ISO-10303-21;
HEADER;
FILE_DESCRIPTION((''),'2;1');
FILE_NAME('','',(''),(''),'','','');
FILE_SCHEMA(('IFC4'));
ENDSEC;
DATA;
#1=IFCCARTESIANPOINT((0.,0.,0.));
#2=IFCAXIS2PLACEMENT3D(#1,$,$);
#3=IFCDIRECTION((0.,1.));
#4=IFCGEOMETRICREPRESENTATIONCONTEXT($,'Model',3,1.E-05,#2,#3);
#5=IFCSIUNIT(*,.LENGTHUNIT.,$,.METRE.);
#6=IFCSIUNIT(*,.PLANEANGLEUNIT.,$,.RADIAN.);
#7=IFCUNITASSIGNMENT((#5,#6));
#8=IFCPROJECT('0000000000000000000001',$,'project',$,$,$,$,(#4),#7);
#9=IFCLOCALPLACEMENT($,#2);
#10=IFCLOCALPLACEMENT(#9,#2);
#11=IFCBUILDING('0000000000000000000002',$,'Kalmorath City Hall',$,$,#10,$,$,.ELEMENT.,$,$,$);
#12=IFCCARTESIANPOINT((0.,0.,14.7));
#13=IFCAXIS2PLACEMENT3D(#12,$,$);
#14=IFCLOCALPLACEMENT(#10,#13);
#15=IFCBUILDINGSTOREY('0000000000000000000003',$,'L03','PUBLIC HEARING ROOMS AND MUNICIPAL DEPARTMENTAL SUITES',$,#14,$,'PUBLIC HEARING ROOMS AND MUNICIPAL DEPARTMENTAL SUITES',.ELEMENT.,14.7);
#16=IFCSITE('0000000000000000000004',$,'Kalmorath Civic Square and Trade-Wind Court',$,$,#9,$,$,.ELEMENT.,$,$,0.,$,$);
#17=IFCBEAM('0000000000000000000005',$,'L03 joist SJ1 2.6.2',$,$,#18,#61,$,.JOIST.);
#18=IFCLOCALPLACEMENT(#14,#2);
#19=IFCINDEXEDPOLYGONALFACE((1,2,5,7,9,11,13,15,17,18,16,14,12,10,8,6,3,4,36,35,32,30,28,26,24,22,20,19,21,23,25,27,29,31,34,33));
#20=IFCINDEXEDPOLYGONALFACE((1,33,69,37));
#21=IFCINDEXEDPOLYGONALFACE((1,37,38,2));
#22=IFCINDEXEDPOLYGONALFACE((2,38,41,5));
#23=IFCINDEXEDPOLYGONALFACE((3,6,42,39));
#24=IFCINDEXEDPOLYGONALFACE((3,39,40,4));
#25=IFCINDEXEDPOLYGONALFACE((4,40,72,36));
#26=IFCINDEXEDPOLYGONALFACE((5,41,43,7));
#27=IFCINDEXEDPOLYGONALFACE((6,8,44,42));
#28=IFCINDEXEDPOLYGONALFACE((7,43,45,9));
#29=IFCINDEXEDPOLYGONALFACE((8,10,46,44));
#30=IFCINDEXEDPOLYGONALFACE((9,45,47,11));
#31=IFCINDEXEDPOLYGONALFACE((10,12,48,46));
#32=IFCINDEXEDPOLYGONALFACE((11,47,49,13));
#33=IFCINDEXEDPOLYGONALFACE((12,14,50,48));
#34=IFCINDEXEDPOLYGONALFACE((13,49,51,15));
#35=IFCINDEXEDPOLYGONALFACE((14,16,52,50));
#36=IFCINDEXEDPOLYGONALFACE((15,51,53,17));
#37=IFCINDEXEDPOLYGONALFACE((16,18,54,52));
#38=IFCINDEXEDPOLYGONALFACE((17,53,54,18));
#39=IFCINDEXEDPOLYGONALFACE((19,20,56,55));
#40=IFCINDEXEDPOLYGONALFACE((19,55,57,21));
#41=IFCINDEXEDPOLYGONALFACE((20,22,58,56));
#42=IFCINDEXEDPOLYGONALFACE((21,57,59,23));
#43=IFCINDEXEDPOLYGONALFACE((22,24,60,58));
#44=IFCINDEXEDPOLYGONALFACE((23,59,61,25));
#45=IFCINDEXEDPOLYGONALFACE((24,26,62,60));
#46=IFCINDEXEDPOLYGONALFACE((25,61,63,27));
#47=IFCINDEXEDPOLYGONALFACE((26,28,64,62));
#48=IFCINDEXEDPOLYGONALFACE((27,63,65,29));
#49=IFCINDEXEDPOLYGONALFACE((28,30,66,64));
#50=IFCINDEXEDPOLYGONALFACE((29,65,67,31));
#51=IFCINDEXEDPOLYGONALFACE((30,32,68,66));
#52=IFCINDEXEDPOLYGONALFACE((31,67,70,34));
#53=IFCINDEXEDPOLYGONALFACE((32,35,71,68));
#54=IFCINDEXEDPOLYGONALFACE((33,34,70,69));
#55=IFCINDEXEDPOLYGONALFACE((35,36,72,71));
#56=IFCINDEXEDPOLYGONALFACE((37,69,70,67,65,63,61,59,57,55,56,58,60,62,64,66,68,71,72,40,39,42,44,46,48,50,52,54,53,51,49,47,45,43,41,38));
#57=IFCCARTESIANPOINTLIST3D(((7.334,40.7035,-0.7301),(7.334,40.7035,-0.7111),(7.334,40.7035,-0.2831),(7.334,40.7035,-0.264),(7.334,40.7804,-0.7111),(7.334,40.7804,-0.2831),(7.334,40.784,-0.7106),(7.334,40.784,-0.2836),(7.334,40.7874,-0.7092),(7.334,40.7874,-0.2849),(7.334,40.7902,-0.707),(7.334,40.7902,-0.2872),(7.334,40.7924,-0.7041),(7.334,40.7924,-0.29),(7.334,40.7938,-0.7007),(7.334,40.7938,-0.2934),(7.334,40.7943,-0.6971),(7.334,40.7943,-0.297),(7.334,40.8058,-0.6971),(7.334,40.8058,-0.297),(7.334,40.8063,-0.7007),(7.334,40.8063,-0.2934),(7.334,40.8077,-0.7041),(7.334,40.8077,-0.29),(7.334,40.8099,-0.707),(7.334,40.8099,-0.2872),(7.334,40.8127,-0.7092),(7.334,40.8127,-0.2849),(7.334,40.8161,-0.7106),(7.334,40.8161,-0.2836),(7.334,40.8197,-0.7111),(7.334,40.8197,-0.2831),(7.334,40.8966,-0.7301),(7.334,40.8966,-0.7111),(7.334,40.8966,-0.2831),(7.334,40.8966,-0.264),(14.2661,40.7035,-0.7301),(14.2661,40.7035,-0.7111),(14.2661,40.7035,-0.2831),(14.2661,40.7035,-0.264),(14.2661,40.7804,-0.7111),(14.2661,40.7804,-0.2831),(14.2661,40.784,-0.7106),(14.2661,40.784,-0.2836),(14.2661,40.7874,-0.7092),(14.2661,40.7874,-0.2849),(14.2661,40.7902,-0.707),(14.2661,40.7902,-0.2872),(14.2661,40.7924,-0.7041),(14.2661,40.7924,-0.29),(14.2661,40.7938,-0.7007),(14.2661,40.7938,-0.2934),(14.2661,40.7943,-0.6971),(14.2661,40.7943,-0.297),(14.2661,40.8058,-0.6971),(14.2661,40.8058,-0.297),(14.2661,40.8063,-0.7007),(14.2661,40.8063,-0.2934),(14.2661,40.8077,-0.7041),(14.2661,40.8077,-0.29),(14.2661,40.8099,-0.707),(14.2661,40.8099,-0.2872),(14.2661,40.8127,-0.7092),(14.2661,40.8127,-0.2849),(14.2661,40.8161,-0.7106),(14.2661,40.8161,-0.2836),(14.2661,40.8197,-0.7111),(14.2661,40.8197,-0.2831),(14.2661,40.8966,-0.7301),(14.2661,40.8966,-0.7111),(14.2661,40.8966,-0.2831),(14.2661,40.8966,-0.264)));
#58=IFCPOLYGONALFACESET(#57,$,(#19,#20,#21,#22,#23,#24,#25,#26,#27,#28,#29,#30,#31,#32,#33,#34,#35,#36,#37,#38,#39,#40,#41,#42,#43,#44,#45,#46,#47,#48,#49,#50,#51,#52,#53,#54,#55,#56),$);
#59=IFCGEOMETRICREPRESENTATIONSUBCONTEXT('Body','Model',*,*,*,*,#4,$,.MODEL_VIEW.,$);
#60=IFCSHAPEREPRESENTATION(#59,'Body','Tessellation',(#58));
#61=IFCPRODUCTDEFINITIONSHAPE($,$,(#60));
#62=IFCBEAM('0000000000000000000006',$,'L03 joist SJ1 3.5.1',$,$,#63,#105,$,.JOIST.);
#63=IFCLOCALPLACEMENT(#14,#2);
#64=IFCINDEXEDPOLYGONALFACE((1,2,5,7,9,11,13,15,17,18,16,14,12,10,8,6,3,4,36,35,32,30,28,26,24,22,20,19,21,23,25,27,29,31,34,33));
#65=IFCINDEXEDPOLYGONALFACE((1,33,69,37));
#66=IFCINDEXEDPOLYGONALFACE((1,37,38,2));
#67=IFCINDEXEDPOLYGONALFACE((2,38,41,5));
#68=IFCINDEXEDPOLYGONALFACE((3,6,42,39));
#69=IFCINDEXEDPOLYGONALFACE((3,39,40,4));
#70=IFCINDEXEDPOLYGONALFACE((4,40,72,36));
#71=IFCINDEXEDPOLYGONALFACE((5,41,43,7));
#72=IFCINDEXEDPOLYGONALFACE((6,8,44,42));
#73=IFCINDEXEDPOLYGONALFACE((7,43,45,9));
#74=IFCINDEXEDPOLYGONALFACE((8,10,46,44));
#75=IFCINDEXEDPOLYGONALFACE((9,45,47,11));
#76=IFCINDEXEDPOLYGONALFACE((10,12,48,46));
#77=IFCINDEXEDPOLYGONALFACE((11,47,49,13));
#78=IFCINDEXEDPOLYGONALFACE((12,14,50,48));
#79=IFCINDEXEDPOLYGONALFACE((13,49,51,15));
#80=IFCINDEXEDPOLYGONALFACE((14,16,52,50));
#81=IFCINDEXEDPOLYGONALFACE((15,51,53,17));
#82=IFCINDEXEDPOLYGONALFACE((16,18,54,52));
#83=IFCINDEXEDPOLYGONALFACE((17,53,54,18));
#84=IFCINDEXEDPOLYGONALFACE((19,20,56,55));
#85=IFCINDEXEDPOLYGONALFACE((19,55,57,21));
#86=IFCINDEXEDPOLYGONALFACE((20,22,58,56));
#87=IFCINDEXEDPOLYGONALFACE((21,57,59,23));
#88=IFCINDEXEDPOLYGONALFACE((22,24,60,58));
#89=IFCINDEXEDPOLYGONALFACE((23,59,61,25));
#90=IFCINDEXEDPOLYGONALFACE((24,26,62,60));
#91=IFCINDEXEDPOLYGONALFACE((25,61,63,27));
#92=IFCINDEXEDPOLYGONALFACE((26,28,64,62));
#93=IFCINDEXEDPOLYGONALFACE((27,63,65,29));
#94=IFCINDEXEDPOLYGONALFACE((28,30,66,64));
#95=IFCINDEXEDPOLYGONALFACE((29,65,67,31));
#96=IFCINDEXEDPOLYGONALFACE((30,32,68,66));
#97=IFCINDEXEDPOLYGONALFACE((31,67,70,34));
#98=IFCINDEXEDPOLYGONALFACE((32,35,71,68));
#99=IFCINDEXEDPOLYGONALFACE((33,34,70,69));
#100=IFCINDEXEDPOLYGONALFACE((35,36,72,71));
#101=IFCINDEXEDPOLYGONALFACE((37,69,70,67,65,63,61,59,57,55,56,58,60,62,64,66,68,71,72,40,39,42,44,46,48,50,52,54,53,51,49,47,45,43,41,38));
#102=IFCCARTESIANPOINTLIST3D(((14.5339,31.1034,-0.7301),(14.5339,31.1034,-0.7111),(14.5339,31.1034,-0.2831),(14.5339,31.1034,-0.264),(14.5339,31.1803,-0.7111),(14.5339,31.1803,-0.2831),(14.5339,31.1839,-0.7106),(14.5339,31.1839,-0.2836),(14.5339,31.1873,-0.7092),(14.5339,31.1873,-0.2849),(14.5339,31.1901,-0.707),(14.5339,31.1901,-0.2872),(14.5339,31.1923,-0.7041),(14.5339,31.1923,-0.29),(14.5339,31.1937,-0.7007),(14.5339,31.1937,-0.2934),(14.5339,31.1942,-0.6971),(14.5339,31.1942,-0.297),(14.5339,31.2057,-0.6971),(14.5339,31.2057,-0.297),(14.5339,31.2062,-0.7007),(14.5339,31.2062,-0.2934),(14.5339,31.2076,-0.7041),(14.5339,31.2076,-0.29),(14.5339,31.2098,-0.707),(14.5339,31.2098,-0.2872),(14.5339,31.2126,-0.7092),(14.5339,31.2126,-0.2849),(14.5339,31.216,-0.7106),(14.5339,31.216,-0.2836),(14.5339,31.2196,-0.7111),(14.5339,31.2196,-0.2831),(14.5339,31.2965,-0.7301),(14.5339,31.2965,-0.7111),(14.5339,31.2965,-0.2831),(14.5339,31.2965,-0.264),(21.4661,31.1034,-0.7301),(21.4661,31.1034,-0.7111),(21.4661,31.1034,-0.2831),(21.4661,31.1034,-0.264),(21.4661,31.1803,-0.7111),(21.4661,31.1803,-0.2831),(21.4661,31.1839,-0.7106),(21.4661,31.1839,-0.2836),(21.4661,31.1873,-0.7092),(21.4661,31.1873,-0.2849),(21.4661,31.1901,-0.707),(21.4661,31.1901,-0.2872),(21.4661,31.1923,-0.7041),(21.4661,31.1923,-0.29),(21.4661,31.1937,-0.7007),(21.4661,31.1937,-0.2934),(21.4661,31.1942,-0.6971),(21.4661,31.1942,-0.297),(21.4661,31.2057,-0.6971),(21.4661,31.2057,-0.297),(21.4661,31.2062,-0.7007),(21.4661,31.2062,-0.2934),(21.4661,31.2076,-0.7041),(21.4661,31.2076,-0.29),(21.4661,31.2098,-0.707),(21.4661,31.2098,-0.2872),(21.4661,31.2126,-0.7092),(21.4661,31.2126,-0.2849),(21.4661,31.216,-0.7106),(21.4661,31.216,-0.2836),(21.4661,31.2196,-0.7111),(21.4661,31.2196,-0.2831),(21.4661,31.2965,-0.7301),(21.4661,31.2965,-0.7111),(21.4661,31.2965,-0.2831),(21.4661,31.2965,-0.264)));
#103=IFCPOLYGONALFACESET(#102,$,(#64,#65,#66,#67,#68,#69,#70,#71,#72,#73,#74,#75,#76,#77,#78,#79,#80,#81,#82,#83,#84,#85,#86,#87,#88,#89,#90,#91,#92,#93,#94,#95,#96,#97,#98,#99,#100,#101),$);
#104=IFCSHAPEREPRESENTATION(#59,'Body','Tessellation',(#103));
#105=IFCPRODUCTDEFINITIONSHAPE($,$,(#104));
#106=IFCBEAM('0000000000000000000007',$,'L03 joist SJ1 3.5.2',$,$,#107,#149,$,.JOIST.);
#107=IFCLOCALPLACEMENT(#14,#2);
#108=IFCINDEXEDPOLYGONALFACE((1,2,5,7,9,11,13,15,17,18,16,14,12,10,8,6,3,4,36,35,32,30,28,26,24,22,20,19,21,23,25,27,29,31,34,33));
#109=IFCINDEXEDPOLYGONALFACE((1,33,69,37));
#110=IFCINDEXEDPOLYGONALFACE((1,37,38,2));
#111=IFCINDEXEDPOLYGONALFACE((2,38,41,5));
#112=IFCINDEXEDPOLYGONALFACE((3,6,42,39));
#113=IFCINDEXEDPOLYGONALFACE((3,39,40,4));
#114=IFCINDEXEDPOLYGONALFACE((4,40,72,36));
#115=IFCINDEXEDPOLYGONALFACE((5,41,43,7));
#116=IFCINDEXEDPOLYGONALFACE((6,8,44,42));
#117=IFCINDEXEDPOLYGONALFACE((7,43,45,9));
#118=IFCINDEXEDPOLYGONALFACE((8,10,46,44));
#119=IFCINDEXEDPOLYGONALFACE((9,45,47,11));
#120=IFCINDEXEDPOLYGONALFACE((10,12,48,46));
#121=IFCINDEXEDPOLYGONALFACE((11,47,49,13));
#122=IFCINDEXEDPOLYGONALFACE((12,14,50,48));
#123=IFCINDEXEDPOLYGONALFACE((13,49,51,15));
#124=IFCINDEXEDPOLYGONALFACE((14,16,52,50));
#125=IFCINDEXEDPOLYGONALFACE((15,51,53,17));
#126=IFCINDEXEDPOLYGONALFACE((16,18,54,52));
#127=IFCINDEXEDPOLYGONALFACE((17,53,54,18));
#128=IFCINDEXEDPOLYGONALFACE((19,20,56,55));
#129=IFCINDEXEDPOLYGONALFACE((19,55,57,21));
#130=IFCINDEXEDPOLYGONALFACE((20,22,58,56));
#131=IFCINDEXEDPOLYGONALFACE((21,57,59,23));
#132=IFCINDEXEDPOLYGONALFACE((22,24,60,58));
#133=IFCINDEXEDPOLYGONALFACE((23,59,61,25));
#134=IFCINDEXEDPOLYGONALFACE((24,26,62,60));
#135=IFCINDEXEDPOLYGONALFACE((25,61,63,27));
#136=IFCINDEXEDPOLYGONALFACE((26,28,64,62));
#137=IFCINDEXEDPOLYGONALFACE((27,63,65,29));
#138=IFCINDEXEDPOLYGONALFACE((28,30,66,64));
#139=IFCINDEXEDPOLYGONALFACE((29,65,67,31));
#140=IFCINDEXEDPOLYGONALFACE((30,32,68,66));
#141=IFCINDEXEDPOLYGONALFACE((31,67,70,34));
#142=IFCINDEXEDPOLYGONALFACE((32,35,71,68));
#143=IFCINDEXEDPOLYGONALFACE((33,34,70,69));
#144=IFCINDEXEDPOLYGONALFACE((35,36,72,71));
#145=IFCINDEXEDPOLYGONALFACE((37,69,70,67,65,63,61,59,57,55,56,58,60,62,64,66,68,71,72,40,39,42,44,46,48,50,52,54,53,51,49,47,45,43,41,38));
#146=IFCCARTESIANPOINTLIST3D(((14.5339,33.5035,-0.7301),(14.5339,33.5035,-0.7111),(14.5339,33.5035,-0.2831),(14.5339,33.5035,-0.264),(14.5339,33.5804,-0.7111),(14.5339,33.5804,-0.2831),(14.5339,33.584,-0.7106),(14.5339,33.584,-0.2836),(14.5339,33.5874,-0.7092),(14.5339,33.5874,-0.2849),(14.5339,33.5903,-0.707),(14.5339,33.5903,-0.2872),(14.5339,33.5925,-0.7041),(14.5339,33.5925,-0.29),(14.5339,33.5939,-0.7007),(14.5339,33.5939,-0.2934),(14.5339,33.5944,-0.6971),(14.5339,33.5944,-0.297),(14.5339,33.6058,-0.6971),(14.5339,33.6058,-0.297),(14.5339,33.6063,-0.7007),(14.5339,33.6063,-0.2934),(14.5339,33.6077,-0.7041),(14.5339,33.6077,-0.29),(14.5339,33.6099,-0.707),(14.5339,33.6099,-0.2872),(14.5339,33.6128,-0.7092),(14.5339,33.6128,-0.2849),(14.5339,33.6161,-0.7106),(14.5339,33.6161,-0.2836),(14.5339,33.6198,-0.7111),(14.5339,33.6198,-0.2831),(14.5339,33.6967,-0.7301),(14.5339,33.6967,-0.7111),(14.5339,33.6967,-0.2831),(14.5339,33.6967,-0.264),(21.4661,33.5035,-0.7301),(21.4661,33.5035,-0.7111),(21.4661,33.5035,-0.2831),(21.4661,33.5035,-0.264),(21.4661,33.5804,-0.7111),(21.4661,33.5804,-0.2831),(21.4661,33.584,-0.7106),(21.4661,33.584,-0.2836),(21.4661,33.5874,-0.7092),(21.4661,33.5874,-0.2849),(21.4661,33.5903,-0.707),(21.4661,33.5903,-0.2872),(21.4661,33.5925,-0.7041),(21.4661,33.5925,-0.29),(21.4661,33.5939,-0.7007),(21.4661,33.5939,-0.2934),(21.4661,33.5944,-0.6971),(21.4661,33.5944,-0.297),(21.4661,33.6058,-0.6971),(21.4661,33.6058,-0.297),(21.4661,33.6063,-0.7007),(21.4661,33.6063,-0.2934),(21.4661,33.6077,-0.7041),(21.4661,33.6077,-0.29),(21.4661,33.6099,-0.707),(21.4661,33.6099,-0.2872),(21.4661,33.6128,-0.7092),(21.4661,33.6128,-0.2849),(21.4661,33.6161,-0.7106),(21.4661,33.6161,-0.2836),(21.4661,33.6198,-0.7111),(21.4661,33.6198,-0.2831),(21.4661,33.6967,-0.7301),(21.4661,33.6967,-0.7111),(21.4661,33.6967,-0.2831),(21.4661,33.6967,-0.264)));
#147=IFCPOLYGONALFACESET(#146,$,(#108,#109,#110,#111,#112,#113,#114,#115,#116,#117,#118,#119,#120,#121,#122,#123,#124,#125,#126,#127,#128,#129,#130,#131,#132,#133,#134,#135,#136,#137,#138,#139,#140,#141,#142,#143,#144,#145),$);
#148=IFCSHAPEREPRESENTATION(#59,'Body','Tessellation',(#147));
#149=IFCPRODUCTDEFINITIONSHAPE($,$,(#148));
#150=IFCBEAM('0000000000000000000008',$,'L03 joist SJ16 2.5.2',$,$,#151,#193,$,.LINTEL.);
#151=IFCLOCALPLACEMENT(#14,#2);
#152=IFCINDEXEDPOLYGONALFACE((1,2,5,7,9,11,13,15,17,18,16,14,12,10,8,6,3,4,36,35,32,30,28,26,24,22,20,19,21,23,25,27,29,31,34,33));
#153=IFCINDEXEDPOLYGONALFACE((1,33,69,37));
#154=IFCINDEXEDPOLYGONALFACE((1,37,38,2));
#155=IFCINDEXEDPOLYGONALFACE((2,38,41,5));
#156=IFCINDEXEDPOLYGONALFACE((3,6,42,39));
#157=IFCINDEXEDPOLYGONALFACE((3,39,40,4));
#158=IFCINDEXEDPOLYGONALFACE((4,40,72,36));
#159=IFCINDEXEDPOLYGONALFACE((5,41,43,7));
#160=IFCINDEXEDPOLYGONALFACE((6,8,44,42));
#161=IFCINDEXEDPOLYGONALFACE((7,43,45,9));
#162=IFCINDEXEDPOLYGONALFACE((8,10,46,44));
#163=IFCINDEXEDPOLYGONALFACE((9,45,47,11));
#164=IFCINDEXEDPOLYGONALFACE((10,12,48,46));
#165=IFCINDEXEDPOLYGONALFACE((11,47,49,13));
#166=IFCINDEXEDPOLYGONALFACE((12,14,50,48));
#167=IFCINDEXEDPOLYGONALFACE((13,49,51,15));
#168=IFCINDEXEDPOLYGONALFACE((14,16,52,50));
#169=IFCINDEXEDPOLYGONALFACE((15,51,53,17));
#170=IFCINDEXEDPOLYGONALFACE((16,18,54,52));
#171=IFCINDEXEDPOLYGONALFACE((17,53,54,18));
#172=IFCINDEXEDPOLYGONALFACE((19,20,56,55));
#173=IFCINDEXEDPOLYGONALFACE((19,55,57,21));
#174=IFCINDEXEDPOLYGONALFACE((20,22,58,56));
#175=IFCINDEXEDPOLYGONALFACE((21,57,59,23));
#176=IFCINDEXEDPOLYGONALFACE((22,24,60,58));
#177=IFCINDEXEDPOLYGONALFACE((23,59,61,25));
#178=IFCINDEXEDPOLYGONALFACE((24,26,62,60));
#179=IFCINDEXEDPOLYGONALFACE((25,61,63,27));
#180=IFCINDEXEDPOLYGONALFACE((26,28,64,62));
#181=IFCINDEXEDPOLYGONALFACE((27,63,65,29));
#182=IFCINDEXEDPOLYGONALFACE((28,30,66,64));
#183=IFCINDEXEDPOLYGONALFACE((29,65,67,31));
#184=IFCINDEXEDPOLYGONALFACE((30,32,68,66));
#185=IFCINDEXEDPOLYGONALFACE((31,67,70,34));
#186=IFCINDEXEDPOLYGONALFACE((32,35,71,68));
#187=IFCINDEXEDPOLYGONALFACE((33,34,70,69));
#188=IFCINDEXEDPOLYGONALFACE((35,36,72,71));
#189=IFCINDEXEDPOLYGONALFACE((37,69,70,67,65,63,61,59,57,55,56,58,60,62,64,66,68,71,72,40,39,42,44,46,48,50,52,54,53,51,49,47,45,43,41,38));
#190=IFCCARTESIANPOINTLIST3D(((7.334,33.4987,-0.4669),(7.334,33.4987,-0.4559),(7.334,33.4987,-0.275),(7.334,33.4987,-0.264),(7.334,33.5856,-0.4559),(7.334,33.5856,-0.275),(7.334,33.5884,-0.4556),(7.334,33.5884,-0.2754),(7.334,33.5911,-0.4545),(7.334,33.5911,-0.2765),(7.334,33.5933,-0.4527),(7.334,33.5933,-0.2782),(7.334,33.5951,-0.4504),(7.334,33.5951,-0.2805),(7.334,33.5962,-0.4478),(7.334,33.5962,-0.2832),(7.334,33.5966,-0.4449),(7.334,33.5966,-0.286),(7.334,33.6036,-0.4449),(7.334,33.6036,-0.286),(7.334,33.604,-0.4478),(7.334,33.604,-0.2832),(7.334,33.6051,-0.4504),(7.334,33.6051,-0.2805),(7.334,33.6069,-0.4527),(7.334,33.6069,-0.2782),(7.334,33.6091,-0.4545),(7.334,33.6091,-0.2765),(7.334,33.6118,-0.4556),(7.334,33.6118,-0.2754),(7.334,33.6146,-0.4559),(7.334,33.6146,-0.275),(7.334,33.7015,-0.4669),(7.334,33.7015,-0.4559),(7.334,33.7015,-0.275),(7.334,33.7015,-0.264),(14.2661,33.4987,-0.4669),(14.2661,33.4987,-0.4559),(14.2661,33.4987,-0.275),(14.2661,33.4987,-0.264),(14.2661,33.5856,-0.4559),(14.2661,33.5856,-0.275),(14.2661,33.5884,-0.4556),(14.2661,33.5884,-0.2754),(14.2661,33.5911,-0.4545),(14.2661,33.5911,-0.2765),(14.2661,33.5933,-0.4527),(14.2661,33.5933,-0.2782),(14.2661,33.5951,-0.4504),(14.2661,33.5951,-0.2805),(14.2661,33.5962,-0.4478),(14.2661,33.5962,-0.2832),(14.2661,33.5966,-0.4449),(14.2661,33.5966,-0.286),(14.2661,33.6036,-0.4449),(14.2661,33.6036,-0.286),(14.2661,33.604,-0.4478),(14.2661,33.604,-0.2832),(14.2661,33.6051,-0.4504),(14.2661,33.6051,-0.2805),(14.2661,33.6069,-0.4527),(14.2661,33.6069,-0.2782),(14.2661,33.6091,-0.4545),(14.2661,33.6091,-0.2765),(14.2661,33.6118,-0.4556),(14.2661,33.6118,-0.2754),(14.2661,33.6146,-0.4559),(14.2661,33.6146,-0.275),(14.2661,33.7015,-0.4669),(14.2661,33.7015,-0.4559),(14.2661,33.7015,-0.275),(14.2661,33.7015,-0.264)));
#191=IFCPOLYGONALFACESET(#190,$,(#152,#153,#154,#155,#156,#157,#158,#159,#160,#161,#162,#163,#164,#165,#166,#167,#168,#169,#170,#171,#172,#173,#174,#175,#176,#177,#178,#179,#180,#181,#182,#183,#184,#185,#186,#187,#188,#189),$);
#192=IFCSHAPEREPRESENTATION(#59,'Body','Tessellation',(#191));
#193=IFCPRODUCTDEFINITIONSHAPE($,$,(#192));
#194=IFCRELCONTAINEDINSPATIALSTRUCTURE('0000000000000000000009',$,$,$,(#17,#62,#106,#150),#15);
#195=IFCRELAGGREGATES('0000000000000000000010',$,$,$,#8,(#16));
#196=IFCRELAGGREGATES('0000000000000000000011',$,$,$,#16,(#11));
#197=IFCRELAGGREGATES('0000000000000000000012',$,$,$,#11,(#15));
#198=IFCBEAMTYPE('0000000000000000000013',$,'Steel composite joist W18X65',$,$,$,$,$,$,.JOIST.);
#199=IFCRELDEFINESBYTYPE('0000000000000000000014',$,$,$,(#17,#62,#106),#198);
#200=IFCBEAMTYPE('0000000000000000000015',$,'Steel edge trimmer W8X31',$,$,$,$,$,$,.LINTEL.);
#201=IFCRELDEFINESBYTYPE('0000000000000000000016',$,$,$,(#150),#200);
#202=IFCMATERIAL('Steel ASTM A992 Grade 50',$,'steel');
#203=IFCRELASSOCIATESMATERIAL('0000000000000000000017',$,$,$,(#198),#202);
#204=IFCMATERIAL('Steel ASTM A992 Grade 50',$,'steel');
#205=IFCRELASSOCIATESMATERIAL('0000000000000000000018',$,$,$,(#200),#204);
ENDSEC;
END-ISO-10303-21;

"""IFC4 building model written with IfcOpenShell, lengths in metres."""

from ifc_helpers import new_model, si_unit, direction, frame, origin, origin_2d, place, context, subcontext, project, spatial, i_section, extrude, material, material_profile, profile_set, type_object, element, save


model = new_model("IFC4")

# Units and contexts
model_context = context("Model", 3, precision=1e-05, world=origin(), true_north=direction((0.0, 1.0)))
body_context = subcontext(model_context, "Body", "Model", "MODEL_VIEW")
ifc_project = project(units=[si_unit("LENGTHUNIT", "METRE"), si_unit("PLANEANGLEUNIT", "RADIAN")], contexts=[model_context])

# Site, building, storey
site_placement = place(None, origin())
site = spatial("IfcSite", under=ifc_project, at=site_placement, Name="Kalmorath Civic Square and Trade-Wind Court", CompositionType="ELEMENT", RefElevation=0.0)
building_placement = place(site_placement, origin())
building = spatial("IfcBuilding", under=site, at=building_placement, Name="Kalmorath City Hall", CompositionType="ELEMENT")
storey_placement = place(building_placement, frame((0.0, 0.0, 14.7)))
storey = spatial("IfcBuildingStorey", under=building, at=storey_placement, Name="L03", Description="PUBLIC HEARING ROOMS AND MUNICIPAL DEPARTMENTAL SUITES", LongName="PUBLIC HEARING ROOMS AND MUNICIPAL DEPARTMENTAL SUITES", CompositionType="ELEMENT", Elevation=14.7)

# Beams
ifc_material_1 = material(Name="Steel ASTM A992 Grade 50", Category="steel")
ifc_material_profile_1 = material_profile(ifc_material_1, i_section(OverallWidth=0.1931, OverallDepth=0.4661, WebThickness=0.0115, FlangeThickness=0.019, FilletRadius=0.0139, at=origin_2d()), Name="W18X65")
ifc_profile_set_1 = profile_set([ifc_material_profile_1], Name="Steel ASTM A992 Grade 50")
beam_type_1 = type_object("IfcBeamType", Name="Steel composite joist W18X65", PredefinedType="JOIST", material=ifc_profile_set_1)
for number, where, z_axis, x_axis, name in (
    (1, (7.334, 40.8, -0.4971), (1.0, 0.0, 0.0), (0.0, 1.0, 0.0), "L03 joist SJ1 2.6.2"),
    (2, (14.5339, 31.2, -0.4971), (1.0, 0.0, 0.0), (0.0, 1.0, 0.0), "L03 joist SJ1 3.5.1"),
    (3, (14.5339, 33.6001, -0.4971), (1.0, 0.0, 0.0), (0.0, 1.0, 0.0), "L03 joist SJ1 3.5.2"),
):
    element("IfcBeam", number, at=place(storey_placement, frame(where, z_axis=z_axis, x_axis=x_axis)), inside=storey, type_object=beam_type_1, Name=name, PredefinedType="JOIST", context=body_context, shape_type="SweptSolid", body=[
        extrude(i_section(OverallWidth=0.1931, OverallDepth=0.4661, WebThickness=0.0115, FlangeThickness=0.019, FilletRadius=0.0139, at=origin_2d()), origin(), (0.0, 0.0, 1.0), 6.9321),
    ])
ifc_material_2 = material(Name="Steel ASTM A992 Grade 50", Category="steel")
ifc_material_profile_2 = material_profile(ifc_material_2, i_section(OverallWidth=0.2029, OverallDepth=0.2029, WebThickness=0.0071, FlangeThickness=0.011, FilletRadius=0.011, at=origin_2d()), Name="W8X31")
ifc_profile_set_2 = profile_set([ifc_material_profile_2], Name="Steel ASTM A992 Grade 50")
beam_type_2 = type_object("IfcBeamType", Name="Steel edge trimmer W8X31", PredefinedType="LINTEL", material=ifc_profile_set_2)
beam_placement = place(storey_placement, frame((7.334, 33.6001, -0.3655), z_axis=(1.0, 0.0, 0.0), x_axis=(0.0, 1.0, 0.0)))
element("IfcBeam", 4, at=beam_placement, inside=storey, type_object=beam_type_2, Name="L03 joist SJ16 2.5.2", PredefinedType="LINTEL", context=body_context, shape_type="SweptSolid", body=[
    extrude(i_section(OverallWidth=0.2029, OverallDepth=0.2029, WebThickness=0.0071, FlangeThickness=0.011, FilletRadius=0.011, at=origin_2d()), origin(), (0.0, 0.0, 1.0), 6.9321),
])

save(model, "model.ifc")
